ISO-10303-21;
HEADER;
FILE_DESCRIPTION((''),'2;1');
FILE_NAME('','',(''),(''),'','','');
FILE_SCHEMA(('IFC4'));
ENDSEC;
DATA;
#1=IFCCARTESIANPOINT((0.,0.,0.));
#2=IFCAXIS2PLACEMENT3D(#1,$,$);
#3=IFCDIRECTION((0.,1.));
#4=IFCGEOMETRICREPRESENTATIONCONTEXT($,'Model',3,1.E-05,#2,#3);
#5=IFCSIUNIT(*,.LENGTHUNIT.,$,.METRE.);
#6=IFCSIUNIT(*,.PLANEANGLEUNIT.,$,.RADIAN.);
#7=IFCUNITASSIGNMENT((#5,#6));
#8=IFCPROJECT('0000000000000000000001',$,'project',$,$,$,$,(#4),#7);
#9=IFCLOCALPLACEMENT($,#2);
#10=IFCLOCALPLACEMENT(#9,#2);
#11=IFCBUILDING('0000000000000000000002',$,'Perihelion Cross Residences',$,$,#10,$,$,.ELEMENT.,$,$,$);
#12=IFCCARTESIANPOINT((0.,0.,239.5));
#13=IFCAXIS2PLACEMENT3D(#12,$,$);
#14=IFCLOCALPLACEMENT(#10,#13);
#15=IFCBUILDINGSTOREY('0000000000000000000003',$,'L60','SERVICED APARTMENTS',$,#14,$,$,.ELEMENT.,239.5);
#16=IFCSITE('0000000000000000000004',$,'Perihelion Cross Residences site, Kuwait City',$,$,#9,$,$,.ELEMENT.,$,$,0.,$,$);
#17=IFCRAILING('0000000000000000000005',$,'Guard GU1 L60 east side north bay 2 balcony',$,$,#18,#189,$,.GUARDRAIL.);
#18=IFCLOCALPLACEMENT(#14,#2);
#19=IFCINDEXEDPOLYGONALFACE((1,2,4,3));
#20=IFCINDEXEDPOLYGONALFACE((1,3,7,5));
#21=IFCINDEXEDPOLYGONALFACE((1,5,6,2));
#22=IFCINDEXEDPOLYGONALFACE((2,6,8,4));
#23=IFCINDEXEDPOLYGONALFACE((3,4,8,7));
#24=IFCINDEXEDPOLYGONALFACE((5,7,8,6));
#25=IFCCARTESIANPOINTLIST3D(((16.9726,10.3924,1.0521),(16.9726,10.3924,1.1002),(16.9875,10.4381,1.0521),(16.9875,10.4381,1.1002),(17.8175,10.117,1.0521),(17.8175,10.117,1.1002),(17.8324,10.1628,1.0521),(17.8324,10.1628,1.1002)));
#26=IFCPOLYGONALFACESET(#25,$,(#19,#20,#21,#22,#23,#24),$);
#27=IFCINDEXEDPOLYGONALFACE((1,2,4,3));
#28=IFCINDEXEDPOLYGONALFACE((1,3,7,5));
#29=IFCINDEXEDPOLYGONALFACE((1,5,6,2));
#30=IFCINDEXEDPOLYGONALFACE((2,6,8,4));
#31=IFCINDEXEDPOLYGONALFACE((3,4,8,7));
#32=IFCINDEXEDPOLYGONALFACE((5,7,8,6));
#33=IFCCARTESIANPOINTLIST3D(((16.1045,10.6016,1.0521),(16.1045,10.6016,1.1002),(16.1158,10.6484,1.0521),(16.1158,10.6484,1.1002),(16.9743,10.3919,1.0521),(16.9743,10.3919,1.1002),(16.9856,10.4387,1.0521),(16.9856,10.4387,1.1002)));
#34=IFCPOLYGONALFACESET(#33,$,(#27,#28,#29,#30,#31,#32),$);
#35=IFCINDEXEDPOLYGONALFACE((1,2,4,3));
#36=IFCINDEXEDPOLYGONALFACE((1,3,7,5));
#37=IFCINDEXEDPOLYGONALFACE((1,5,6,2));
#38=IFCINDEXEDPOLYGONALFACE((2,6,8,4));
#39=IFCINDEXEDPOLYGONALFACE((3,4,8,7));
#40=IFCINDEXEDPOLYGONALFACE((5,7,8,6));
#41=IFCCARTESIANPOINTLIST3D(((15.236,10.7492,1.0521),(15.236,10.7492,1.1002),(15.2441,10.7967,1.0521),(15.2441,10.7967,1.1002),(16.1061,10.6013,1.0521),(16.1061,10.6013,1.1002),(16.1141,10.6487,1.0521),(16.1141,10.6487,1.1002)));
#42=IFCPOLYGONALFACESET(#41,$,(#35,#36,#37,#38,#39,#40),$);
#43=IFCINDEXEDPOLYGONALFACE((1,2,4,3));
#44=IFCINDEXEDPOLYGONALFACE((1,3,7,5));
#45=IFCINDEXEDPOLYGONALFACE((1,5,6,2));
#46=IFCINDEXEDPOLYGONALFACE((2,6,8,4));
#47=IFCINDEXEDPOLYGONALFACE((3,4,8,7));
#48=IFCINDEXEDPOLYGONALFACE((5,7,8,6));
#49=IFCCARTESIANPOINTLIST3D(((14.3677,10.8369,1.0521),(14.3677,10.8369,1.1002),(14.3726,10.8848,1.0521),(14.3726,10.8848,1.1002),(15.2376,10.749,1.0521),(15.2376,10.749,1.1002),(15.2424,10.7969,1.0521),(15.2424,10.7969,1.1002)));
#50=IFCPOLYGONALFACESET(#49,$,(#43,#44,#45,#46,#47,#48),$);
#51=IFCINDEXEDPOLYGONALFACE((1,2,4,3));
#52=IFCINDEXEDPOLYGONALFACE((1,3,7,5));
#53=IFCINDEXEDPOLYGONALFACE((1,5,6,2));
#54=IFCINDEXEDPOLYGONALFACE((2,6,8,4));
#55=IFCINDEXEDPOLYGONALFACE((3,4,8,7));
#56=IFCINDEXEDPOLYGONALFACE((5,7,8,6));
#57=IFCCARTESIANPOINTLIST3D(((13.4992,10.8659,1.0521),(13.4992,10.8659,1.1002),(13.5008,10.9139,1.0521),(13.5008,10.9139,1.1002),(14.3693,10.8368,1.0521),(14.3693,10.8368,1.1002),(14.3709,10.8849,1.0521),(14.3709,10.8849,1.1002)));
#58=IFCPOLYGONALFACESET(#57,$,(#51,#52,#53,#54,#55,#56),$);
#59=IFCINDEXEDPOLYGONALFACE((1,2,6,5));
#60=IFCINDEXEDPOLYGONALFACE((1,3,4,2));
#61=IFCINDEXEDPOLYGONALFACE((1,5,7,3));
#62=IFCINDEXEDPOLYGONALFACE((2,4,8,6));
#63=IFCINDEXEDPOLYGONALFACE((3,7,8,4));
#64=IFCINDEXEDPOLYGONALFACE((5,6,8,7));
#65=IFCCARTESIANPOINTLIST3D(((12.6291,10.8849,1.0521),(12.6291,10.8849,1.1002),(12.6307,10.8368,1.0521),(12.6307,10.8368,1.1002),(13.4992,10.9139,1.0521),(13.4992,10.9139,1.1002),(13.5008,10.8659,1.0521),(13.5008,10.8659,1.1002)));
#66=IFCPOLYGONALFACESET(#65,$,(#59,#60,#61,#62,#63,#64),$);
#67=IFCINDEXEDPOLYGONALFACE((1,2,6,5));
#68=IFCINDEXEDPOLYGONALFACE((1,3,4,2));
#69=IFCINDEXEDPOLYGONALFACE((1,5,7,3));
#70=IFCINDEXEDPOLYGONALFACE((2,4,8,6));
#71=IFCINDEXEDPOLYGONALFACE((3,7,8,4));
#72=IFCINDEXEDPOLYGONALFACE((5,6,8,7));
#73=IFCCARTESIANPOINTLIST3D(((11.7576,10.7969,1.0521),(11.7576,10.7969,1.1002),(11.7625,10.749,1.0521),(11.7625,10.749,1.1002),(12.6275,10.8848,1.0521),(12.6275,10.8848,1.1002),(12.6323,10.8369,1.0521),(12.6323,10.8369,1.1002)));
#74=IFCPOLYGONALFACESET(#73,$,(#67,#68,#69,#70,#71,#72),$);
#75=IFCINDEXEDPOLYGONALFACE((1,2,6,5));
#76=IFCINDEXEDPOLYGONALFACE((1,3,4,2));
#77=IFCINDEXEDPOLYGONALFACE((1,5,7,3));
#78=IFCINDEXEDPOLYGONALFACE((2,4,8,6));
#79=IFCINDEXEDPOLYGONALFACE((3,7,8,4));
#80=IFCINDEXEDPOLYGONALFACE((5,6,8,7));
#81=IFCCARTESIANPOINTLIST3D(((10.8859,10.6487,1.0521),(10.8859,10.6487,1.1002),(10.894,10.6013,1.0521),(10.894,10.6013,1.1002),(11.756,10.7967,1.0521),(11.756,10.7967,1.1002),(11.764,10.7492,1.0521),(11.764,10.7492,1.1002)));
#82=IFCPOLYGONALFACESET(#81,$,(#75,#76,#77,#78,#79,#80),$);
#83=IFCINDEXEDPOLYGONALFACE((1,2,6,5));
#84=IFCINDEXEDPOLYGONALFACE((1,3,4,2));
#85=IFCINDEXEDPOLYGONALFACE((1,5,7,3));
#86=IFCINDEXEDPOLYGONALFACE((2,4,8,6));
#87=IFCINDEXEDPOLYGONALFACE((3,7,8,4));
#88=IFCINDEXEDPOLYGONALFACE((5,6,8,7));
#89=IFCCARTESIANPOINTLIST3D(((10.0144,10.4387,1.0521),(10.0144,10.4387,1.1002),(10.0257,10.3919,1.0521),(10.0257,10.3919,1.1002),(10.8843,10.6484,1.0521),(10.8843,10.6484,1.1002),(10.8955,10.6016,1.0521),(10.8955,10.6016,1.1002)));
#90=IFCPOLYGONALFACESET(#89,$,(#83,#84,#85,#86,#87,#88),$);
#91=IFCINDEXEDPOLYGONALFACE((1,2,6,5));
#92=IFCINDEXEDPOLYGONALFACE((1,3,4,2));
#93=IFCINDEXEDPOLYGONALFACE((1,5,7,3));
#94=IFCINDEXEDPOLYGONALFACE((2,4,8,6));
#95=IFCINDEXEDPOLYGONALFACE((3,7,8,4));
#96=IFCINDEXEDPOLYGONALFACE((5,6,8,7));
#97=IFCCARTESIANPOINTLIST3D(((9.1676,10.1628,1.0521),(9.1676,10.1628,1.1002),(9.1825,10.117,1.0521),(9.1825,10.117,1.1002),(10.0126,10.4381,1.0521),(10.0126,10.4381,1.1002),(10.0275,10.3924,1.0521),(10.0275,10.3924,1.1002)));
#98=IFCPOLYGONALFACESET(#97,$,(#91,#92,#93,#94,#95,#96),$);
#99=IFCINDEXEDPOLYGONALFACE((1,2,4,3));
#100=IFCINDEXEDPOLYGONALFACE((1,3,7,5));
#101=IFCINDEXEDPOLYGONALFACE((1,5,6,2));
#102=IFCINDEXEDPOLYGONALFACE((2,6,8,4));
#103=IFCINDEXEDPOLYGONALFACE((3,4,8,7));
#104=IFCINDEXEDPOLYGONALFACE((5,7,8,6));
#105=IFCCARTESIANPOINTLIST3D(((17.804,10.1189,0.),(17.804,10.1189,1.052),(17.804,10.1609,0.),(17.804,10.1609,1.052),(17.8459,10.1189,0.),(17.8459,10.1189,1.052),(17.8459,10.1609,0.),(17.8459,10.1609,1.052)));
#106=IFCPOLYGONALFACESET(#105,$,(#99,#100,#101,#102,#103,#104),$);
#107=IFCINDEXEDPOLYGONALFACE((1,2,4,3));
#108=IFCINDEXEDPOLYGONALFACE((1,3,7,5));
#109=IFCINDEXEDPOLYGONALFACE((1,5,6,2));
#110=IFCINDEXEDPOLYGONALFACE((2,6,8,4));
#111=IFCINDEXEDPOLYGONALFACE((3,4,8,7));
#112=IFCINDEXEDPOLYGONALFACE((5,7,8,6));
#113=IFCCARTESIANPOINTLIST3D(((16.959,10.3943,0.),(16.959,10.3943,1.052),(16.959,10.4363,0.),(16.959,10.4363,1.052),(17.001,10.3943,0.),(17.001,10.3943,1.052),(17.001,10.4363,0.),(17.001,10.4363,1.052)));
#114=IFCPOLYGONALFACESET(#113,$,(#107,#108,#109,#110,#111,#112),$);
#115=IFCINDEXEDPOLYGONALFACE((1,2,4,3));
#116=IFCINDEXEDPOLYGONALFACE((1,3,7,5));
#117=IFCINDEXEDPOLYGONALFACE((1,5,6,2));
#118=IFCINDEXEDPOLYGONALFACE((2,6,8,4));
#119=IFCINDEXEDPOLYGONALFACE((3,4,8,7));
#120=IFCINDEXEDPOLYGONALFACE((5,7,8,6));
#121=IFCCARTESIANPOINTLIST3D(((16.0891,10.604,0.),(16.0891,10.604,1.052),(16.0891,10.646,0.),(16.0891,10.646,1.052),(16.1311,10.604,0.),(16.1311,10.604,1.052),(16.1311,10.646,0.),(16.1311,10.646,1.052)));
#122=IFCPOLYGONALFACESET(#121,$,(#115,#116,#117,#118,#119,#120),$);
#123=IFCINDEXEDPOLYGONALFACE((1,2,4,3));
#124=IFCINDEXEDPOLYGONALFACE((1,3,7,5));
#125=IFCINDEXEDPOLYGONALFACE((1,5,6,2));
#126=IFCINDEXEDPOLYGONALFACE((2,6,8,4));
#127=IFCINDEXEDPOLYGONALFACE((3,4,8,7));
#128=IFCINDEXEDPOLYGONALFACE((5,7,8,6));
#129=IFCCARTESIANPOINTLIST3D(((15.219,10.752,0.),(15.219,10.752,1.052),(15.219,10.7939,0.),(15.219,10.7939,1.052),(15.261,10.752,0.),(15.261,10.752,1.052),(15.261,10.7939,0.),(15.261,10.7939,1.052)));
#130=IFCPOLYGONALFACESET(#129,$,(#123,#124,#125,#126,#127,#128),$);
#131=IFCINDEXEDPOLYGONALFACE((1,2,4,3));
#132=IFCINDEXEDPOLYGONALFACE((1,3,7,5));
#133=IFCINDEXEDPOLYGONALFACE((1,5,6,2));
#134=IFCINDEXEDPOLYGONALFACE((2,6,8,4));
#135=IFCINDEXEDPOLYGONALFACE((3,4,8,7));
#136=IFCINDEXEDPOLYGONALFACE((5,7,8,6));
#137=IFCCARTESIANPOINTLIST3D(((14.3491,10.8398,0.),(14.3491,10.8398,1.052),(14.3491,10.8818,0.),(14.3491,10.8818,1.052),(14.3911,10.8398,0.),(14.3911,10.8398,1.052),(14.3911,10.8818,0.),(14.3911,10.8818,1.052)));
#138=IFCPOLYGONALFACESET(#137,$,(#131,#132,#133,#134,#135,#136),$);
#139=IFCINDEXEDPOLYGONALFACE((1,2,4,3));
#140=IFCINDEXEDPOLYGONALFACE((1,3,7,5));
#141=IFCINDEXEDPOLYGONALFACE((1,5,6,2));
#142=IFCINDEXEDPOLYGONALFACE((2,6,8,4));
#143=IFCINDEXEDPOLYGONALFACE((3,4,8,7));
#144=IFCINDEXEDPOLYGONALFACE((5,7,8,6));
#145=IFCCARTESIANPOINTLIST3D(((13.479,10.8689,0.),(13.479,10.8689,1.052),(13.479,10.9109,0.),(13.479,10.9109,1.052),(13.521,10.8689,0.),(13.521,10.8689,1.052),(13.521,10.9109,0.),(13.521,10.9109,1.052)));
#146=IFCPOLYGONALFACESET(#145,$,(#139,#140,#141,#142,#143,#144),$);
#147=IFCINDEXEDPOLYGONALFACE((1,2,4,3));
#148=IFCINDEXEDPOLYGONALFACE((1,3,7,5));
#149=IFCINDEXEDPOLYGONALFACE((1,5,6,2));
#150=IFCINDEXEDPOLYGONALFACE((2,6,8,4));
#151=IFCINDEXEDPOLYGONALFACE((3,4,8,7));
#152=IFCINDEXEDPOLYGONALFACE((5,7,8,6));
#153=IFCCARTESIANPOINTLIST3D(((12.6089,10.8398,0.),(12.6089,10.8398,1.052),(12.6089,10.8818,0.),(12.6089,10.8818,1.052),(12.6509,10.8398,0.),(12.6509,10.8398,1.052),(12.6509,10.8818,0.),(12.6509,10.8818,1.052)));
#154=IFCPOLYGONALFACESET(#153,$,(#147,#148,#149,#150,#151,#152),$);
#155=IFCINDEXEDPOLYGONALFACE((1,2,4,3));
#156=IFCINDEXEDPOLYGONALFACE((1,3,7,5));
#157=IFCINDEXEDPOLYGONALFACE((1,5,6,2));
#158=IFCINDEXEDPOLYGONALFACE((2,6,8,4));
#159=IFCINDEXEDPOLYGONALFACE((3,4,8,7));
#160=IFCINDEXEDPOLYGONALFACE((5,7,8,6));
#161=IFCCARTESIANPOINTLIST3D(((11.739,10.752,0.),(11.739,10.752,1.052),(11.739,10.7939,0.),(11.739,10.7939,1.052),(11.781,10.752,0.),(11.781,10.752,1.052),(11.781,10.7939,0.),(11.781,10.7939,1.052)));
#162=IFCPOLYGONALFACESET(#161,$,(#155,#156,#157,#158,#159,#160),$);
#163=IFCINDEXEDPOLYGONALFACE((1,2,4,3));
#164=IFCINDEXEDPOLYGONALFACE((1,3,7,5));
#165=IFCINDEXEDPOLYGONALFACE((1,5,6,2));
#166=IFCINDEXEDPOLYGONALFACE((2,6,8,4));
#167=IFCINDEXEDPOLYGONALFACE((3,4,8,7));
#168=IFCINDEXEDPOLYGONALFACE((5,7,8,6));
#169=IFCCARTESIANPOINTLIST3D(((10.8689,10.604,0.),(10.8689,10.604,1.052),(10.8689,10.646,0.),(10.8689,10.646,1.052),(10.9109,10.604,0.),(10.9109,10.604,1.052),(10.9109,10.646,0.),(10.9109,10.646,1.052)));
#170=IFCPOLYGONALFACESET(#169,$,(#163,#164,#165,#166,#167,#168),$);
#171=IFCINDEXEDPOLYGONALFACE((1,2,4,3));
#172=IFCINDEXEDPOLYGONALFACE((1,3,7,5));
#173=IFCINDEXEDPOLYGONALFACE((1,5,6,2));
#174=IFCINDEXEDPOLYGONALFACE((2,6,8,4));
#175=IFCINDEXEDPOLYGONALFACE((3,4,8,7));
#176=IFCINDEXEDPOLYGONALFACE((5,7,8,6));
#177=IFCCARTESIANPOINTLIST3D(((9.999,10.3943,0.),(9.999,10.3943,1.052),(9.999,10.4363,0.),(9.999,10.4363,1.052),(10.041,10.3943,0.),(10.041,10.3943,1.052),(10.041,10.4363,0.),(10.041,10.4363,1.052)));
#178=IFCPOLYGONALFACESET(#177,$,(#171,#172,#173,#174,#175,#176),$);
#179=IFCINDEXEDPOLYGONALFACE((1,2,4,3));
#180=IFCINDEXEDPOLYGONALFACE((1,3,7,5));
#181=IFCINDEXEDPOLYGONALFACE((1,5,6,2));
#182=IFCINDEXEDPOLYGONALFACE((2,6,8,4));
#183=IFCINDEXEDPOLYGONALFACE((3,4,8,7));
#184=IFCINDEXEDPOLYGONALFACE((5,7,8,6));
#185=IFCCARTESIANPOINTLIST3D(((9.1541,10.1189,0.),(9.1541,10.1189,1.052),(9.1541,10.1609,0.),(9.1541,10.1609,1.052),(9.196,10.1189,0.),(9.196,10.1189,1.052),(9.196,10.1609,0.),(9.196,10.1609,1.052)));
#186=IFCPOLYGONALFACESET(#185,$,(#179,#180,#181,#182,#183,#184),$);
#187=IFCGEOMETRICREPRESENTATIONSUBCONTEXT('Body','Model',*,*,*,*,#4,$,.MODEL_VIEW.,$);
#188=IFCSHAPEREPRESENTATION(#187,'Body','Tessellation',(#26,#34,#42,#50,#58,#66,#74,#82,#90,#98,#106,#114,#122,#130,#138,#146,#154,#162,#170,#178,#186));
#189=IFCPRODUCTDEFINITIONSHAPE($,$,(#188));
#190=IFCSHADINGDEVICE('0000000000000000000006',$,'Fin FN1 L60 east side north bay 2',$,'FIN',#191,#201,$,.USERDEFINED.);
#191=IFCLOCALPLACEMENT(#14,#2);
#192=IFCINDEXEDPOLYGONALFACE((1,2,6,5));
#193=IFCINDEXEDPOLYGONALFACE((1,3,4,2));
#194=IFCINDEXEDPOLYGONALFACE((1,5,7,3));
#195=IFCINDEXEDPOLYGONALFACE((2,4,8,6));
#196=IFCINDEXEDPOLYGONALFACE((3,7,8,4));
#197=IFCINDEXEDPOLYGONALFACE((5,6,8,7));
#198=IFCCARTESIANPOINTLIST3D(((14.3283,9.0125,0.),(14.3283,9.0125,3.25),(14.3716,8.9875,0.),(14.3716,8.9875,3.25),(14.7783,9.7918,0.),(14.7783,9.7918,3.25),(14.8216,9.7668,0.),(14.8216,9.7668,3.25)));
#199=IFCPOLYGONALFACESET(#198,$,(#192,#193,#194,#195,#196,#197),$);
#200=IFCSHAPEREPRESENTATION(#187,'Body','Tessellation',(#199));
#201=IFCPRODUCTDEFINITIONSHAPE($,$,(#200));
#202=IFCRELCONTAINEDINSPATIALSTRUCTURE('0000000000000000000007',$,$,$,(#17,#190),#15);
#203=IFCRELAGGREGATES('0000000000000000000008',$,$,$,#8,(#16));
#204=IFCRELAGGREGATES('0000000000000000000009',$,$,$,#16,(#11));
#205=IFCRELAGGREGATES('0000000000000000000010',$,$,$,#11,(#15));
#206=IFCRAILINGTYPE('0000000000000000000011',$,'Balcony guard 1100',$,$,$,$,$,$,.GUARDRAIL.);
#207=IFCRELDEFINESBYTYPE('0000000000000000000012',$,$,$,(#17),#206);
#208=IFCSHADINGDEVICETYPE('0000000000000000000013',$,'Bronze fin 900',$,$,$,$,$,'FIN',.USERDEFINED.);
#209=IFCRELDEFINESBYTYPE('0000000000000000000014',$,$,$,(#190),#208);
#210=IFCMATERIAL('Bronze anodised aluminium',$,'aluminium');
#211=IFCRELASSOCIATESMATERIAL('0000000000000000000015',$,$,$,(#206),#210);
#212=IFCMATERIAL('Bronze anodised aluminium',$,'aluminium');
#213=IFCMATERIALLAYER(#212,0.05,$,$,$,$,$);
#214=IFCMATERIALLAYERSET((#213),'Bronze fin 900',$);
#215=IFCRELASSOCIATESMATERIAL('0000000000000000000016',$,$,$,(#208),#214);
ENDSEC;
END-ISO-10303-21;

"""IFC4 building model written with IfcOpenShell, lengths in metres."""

from ifc_helpers import new_model, si_unit, direction, frame, origin, origin_2d, place, context, subcontext, project, spatial, rectangle, extrude, material, layer, layer_set, type_object, element, save


model = new_model("IFC4")

# Units and contexts
model_context = context("Model", 3, precision=1e-05, world=origin(), true_north=direction((0.0, 1.0)))
body_context = subcontext(model_context, "Body", "Model", "MODEL_VIEW")
ifc_project = project(units=[si_unit("LENGTHUNIT", "METRE"), si_unit("PLANEANGLEUNIT", "RADIAN")], contexts=[model_context])

# Site, building, storey
site_placement = place(None, origin())
site = spatial("IfcSite", under=ifc_project, at=site_placement, Name="Perihelion Cross Residences site, Kuwait City", CompositionType="ELEMENT", RefElevation=0.0)
building_placement = place(site_placement, origin())
building = spatial("IfcBuilding", under=site, at=building_placement, Name="Perihelion Cross Residences", CompositionType="ELEMENT")
storey_placement = place(building_placement, frame((0.0, 0.0, 239.5)))
storey = spatial("IfcBuildingStorey", under=building, at=storey_placement, Name="L60", Description="SERVICED APARTMENTS", CompositionType="ELEMENT", Elevation=239.5)

# Railing
ifc_material_1 = material(Name="Bronze anodised aluminium", Category="aluminium")
railing_type = type_object("IfcRailingType", Name="Balcony guard 1100", PredefinedType="GUARDRAIL", material=ifc_material_1)
railing_placement = place(storey_placement, frame((17.825, 10.1399, 0.0)))
element("IfcRailing", 1, at=railing_placement, inside=storey, type_object=railing_type, Name="Guard GU1 L60 east side north bay 2 balcony", PredefinedType="GUARDRAIL", context=body_context, shape_type="SweptSolid", body=[
    extrude(rectangle(XDim=0.0481, YDim=0.0481, at=origin_2d()), frame((0.0, 0.0, 1.0762), z_axis=(-0.950777, 0.309875, 0.0), x_axis=(-0.309875, -0.950777, 0.0)), (0.0, 0.0, 1.0), 0.8887),
    extrude(rectangle(XDim=0.0481, YDim=0.0481, at=origin_2d()), frame((-0.845, 0.2754, 1.0762), z_axis=(-0.972147, 0.234374, 0.0), x_axis=(-0.234374, -0.972147, 0.0)), (0.0, 0.0, 1.0), 0.8948),
    extrude(rectangle(XDim=0.0481, YDim=0.0481, at=origin_2d()), frame((-1.7148, 0.4851, 1.0762), z_axis=(-0.98585, 0.167628, 0.0), x_axis=(-0.167628, -0.98585, 0.0)), (0.0, 0.0, 1.0), 0.8826),
    extrude(rectangle(XDim=0.0481, YDim=0.0481, at=origin_2d()), frame((-2.585, 0.6331, 1.0762), z_axis=(-0.994934, 0.100527, 0.0), x_axis=(-0.100527, -0.994934, 0.0)), (0.0, 0.0, 1.0), 0.8743),
    extrude(rectangle(XDim=0.0481, YDim=0.0481, at=origin_2d()), frame((-3.4548, 0.7209, 1.0762), z_axis=(-0.999443, 0.033371, 0.0), x_axis=(-0.033371, -0.999443, 0.0)), (0.0, 0.0, 1.0), 0.8706),
    extrude(rectangle(XDim=0.0481, YDim=0.0481, at=origin_2d()), frame((-4.325, 0.75, 1.0762), z_axis=(-0.999443, -0.033371, 0.0), x_axis=(0.033371, -0.999443, 0.0)), (0.0, 0.0, 1.0), 0.8706),
    extrude(rectangle(XDim=0.0481, YDim=0.0481, at=origin_2d()), frame((-5.1951, 0.7209, 1.0762), z_axis=(-0.994934, -0.100527, 0.0), x_axis=(0.100527, -0.994934, 0.0)), (0.0, 0.0, 1.0), 0.8743),
    extrude(rectangle(XDim=0.0481, YDim=0.0481, at=origin_2d()), frame((-6.0649, 0.6331, 1.0762), z_axis=(-0.98585, -0.167628, 0.0), x_axis=(0.167628, -0.98585, 0.0)), (0.0, 0.0, 1.0), 0.8826),
    extrude(rectangle(XDim=0.0481, YDim=0.0481, at=origin_2d()), frame((-6.9351, 0.4851, 1.0762), z_axis=(-0.972147, -0.234374, 0.0), x_axis=(0.234374, -0.972147, 0.0)), (0.0, 0.0, 1.0), 0.8948),
    extrude(rectangle(XDim=0.0481, YDim=0.0481, at=origin_2d()), frame((-7.8049, 0.2754, 1.0762), z_axis=(-0.950777, -0.309875, 0.0), x_axis=(0.309875, -0.950777, 0.0)), (0.0, 0.0, 1.0), 0.8887),
    extrude(rectangle(XDim=0.042, YDim=0.042, at=origin_2d()), origin(), (0.0, 0.0, 1.0), 1.052),
    extrude(rectangle(XDim=0.042, YDim=0.042, at=origin_2d()), frame((-0.845, 0.2754, 0.0)), (0.0, 0.0, 1.0), 1.052),
    extrude(rectangle(XDim=0.042, YDim=0.042, at=origin_2d()), frame((-1.7148, 0.4851, 0.0)), (0.0, 0.0, 1.0), 1.052),
    extrude(rectangle(XDim=0.042, YDim=0.042, at=origin_2d()), frame((-2.585, 0.6331, 0.0)), (0.0, 0.0, 1.0), 1.052),
    extrude(rectangle(XDim=0.042, YDim=0.042, at=origin_2d()), frame((-3.4548, 0.7209, 0.0)), (0.0, 0.0, 1.0), 1.052),
    extrude(rectangle(XDim=0.042, YDim=0.042, at=origin_2d()), frame((-4.325, 0.75, 0.0)), (0.0, 0.0, 1.0), 1.052),
    extrude(rectangle(XDim=0.042, YDim=0.042, at=origin_2d()), frame((-5.1951, 0.7209, 0.0)), (0.0, 0.0, 1.0), 1.052),
    extrude(rectangle(XDim=0.042, YDim=0.042, at=origin_2d()), frame((-6.0649, 0.6331, 0.0)), (0.0, 0.0, 1.0), 1.052),
    extrude(rectangle(XDim=0.042, YDim=0.042, at=origin_2d()), frame((-6.9351, 0.4851, 0.0)), (0.0, 0.0, 1.0), 1.052),
    extrude(rectangle(XDim=0.042, YDim=0.042, at=origin_2d()), frame((-7.8049, 0.2754, 0.0)), (0.0, 0.0, 1.0), 1.052),
    extrude(rectangle(XDim=0.042, YDim=0.042, at=origin_2d()), frame((-8.6499, 0.0, 0.0)), (0.0, 0.0, 1.0), 1.052),
])

# Shading device
ifc_material_2 = material(Name="Bronze anodised aluminium", Category="aluminium")
ifc_layer_1 = layer(ifc_material_2, 0.05)
ifc_layer_set_1 = layer_set([ifc_layer_1], Name="Bronze fin 900")
shading_device_type = type_object("IfcShadingDeviceType", Name="Bronze fin 900", ElementType="FIN", PredefinedType="USERDEFINED", material=ifc_layer_set_1)
shading_device_placement = place(storey_placement, frame((14.575, 9.3896, 0.0), z_axis=(0.0, 0.0, 1.0), x_axis=(0.5, 0.866025, 0.0)))
element("IfcShadingDevice", 2, at=shading_device_placement, inside=storey, type_object=shading_device_type, Name="Fin FN1 L60 east side north bay 2", ObjectType="FIN", PredefinedType="USERDEFINED", context=body_context, shape_type="SweptSolid", body=[
    extrude(rectangle(XDim=0.8999, YDim=0.05, at=origin_2d()), origin(), (0.0, 0.0, 1.0), 3.25),
])

save(model, "model.ifc")
